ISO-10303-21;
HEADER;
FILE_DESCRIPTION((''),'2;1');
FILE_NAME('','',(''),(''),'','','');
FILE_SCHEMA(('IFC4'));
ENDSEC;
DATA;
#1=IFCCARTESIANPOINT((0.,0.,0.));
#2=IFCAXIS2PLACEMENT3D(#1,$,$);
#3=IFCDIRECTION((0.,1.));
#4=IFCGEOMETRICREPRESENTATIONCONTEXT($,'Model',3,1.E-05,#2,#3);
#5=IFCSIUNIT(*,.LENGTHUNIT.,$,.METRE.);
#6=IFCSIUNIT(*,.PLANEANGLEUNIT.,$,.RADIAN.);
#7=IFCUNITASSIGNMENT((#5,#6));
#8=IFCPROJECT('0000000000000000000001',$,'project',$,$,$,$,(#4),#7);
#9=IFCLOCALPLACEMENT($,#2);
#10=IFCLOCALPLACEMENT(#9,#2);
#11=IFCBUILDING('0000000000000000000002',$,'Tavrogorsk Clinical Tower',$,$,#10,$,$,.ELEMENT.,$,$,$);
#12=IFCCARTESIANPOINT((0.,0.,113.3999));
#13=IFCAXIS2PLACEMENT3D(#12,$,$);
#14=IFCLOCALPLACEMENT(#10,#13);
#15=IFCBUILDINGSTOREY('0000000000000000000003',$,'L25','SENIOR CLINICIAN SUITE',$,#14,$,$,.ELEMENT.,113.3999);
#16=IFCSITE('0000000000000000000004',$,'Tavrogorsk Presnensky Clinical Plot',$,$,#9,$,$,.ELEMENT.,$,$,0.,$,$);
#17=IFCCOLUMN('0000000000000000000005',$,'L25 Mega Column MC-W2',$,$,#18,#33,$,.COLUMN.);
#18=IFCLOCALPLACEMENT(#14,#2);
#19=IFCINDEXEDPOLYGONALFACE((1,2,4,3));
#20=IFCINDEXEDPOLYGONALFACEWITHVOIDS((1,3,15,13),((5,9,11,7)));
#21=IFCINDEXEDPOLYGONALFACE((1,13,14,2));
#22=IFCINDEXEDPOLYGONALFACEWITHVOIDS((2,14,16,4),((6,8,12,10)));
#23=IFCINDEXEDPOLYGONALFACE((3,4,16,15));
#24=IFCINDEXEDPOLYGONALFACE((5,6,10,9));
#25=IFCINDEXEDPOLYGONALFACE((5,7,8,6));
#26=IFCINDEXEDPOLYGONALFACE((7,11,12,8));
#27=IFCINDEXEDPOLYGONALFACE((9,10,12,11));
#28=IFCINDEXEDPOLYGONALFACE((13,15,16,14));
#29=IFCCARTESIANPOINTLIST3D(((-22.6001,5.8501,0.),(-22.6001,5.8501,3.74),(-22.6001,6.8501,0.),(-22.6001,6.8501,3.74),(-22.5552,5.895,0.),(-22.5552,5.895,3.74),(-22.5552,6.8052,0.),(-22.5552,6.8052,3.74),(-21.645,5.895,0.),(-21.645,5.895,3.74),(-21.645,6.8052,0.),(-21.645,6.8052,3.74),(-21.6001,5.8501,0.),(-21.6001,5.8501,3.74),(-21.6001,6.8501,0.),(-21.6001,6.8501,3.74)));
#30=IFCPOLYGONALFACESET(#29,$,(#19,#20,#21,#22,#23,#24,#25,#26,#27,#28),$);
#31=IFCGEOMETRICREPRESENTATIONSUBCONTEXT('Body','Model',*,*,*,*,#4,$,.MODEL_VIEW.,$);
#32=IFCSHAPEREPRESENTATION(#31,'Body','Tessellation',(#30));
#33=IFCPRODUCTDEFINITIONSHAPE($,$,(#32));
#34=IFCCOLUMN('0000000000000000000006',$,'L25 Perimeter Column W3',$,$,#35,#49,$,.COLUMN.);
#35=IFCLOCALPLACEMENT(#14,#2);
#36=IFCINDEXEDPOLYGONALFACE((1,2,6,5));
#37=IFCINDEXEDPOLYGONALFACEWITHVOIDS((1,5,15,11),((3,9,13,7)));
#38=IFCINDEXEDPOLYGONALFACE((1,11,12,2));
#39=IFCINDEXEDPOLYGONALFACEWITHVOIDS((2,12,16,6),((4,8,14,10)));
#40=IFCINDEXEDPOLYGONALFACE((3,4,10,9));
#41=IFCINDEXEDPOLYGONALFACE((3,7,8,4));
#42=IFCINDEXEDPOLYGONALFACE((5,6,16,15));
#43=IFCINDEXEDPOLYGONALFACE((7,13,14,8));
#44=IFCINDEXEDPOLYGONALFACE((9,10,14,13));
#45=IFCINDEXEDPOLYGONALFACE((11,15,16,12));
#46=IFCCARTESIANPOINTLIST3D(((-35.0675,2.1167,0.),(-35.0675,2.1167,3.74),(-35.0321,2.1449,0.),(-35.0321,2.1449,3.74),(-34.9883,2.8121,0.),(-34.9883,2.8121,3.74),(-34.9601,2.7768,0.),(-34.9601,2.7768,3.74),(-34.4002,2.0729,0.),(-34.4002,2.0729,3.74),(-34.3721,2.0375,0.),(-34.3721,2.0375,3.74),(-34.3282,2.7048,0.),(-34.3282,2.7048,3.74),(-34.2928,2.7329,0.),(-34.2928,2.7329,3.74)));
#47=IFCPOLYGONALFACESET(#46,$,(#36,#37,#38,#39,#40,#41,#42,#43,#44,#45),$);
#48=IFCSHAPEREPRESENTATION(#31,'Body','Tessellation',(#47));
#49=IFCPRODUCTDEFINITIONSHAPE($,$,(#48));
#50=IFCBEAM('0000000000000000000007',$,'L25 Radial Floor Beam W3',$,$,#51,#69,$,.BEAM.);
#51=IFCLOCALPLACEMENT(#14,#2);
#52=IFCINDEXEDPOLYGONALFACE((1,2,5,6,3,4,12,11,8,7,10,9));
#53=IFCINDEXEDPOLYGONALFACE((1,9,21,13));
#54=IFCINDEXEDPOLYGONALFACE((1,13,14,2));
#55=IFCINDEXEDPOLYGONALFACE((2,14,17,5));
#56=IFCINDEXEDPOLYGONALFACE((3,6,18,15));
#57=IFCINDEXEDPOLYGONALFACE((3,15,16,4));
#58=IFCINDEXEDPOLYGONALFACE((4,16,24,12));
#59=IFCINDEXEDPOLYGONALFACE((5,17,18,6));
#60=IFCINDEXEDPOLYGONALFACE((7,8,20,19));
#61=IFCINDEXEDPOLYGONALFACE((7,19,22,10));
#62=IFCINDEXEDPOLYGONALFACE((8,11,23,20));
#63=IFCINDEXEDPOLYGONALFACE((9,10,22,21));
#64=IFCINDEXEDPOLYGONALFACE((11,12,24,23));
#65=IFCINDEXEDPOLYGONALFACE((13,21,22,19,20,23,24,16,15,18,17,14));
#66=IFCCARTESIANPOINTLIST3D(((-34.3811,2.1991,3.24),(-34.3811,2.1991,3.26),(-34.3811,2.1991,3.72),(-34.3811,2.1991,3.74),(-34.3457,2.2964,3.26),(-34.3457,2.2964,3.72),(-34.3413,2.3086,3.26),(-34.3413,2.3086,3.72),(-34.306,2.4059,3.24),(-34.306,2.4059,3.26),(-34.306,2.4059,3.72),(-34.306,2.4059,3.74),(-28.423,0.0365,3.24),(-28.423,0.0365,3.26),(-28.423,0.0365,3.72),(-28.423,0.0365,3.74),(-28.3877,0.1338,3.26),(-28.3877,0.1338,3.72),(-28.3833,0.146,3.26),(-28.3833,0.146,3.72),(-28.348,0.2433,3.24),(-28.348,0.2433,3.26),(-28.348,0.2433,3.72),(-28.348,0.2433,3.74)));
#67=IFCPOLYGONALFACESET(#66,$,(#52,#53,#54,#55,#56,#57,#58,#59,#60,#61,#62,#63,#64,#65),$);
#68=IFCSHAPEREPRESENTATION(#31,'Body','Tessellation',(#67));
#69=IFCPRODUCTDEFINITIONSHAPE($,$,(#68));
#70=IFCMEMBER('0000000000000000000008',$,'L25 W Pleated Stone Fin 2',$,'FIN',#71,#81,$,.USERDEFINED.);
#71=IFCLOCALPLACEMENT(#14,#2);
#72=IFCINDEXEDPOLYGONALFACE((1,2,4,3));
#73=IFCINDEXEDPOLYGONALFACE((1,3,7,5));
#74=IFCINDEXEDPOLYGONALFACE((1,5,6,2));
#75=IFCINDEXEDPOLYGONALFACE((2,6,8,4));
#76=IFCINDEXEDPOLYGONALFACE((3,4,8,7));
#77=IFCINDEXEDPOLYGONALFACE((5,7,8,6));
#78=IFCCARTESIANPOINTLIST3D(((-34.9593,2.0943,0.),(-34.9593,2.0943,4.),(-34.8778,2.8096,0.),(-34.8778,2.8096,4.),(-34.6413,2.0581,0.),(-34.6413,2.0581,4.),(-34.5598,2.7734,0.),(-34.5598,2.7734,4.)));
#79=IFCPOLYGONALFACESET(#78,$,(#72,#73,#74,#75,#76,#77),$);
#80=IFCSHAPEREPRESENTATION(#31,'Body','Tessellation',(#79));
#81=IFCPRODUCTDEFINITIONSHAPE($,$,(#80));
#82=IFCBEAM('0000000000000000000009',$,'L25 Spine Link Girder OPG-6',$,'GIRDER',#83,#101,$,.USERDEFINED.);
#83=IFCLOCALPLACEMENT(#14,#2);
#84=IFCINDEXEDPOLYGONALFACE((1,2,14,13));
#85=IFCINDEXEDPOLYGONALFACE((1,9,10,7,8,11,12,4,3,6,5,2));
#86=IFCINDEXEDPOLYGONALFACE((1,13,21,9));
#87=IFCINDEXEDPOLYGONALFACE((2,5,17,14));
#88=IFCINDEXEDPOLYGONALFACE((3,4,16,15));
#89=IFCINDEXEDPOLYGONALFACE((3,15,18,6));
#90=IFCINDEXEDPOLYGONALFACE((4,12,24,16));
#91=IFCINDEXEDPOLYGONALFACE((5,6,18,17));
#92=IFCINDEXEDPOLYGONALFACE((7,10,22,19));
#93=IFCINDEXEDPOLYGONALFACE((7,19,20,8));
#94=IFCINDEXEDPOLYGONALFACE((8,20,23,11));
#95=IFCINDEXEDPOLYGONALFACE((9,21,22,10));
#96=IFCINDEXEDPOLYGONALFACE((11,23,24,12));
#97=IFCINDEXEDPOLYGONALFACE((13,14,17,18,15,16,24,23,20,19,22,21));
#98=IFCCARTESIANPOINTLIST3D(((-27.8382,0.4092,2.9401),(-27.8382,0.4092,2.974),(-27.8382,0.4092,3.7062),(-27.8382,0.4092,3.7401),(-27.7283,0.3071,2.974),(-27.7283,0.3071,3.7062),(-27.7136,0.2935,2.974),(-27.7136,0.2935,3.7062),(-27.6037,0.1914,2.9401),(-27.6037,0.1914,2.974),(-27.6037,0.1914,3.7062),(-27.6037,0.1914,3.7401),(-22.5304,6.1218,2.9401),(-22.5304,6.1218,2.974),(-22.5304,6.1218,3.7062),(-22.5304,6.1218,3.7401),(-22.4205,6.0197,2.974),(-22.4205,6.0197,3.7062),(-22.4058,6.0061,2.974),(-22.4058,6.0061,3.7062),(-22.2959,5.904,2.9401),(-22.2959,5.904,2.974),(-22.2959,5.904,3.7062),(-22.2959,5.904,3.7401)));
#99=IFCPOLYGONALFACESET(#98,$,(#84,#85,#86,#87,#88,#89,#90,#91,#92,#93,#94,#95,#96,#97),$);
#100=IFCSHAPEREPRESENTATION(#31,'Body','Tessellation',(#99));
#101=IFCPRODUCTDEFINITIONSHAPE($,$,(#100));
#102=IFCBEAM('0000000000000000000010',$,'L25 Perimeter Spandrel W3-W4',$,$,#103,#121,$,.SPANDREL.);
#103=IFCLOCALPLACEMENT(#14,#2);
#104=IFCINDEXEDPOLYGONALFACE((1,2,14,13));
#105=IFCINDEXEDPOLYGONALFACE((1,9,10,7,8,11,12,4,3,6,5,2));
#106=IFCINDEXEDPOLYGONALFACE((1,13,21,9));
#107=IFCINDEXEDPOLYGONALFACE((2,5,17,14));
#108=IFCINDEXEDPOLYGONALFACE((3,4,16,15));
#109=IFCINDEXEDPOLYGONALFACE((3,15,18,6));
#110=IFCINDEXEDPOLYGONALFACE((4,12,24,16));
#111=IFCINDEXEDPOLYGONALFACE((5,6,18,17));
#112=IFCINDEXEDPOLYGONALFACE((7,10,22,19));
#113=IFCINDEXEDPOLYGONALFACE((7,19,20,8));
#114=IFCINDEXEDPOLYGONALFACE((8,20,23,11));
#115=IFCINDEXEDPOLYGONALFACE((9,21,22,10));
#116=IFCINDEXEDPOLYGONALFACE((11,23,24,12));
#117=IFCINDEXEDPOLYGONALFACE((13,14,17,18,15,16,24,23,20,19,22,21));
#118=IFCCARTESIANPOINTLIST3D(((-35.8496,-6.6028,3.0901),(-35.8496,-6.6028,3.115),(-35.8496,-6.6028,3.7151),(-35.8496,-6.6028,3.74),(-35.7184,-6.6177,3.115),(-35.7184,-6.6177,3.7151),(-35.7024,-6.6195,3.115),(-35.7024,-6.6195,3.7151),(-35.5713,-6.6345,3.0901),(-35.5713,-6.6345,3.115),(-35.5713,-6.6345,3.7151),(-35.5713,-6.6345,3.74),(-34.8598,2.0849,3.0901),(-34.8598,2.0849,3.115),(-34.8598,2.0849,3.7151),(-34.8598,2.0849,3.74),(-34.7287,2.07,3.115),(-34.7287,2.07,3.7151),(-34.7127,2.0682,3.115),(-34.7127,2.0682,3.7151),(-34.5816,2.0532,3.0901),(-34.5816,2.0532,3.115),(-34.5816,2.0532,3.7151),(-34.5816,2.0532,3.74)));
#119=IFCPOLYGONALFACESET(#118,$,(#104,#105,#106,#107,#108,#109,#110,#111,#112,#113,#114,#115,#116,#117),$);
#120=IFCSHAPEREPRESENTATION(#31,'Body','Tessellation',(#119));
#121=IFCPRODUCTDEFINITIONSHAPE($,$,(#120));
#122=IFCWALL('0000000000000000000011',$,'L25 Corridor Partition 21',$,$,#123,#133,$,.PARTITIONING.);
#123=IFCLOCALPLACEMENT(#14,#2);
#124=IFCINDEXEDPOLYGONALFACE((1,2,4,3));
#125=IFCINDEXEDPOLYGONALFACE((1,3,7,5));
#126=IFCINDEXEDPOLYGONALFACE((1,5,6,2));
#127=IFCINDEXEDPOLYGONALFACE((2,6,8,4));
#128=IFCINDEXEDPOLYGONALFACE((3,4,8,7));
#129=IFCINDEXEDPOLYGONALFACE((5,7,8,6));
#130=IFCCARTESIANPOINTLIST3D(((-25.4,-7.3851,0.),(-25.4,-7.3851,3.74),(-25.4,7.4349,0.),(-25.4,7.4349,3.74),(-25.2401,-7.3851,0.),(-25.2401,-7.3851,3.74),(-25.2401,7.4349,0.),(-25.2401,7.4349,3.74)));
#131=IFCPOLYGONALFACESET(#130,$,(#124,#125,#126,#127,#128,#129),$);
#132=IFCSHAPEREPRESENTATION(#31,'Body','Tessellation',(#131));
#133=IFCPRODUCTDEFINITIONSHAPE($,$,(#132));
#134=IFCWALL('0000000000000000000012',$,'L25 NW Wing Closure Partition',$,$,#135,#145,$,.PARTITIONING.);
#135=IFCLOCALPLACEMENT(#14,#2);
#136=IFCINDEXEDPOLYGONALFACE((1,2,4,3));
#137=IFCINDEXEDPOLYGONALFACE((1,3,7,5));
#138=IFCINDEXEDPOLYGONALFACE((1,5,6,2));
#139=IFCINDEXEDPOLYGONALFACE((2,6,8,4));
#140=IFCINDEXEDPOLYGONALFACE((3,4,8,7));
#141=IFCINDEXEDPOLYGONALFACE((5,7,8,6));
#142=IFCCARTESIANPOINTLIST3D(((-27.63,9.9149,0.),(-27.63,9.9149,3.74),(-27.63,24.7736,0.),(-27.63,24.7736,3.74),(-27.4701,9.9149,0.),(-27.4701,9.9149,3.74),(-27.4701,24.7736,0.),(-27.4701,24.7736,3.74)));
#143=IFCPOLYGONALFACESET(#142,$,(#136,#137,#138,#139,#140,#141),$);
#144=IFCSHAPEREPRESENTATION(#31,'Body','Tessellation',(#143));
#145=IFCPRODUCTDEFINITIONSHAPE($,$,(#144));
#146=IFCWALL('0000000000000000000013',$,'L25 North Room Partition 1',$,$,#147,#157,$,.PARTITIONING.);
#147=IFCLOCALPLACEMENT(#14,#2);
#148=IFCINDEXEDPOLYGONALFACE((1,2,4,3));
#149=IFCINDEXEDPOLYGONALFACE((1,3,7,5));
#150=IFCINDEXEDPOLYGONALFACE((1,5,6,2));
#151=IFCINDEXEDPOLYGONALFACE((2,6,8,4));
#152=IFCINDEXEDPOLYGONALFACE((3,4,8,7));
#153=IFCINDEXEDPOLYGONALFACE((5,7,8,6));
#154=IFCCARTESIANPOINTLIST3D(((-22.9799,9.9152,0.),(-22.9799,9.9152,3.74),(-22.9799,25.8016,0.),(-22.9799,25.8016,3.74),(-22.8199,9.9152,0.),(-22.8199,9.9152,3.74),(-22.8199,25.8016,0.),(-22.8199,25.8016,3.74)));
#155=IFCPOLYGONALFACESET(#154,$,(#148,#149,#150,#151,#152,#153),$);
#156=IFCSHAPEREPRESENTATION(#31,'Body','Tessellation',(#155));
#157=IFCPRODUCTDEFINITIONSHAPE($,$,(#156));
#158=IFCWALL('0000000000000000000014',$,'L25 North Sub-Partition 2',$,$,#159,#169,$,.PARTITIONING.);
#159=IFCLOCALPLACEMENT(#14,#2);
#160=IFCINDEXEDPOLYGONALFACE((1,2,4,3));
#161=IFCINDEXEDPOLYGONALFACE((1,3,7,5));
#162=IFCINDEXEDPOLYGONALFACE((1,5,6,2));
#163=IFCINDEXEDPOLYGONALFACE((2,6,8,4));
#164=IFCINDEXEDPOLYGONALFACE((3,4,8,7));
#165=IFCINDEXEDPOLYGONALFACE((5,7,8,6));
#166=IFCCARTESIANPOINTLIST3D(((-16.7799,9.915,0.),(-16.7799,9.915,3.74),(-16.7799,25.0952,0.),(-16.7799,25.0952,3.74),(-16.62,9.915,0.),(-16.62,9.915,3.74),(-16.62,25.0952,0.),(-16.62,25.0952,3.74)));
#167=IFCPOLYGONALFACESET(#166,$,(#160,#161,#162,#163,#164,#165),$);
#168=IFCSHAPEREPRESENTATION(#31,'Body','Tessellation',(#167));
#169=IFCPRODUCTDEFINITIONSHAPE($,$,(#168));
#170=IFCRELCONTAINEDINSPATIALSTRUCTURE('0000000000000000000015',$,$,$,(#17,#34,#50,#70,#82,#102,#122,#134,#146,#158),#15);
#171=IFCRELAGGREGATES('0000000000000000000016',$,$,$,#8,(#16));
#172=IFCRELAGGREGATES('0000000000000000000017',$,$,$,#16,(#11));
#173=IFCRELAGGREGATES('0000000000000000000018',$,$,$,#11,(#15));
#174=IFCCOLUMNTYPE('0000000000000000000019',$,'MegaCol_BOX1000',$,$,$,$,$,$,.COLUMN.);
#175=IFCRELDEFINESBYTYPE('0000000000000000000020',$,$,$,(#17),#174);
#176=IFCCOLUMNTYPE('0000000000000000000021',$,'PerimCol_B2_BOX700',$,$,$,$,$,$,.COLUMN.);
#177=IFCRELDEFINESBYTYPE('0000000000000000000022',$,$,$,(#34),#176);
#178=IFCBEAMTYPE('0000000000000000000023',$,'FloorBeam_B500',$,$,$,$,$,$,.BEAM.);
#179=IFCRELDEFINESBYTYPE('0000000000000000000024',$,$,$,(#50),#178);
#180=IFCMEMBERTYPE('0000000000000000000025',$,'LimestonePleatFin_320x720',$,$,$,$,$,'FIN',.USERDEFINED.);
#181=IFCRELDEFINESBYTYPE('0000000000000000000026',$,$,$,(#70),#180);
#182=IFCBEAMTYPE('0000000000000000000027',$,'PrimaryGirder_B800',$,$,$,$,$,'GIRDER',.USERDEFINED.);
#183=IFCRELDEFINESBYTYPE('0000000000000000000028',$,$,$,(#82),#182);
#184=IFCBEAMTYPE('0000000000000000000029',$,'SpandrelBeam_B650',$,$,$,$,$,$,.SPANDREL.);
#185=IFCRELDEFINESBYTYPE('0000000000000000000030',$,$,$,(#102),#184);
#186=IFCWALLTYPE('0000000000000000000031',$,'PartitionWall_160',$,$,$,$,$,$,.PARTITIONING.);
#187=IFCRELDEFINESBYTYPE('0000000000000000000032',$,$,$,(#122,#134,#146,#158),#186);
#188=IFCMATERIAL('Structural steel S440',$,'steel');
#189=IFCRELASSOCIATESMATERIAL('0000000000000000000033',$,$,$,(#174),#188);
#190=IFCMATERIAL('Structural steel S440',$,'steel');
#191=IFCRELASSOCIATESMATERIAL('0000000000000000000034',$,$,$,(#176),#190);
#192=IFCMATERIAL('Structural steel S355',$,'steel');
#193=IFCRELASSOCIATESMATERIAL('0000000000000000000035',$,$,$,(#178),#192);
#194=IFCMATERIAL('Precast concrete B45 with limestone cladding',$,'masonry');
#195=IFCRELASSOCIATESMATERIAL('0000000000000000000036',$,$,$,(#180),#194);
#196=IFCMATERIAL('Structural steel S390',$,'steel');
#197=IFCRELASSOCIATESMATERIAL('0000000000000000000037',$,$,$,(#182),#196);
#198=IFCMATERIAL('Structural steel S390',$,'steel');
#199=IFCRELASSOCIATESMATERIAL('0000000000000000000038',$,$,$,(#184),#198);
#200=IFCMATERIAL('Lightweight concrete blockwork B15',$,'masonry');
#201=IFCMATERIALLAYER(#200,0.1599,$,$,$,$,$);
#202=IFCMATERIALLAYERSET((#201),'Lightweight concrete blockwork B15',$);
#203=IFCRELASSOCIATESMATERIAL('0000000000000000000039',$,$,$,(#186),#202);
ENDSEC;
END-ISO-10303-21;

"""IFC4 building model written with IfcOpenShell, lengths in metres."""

from ifc_helpers import new_model, si_unit, direction, frame, frame_2d, origin, origin_2d, place, context, subcontext, project, spatial, rectangle, hollow_rectangle, i_section, extrude, material, layer, layer_set, material_profile, profile_set, type_object, element, save


model = new_model("IFC4")

# Units and contexts
model_context = context("Model", 3, precision=1e-05, world=origin(), true_north=direction((0.0, 1.0)))
body_context = subcontext(model_context, "Body", "Model", "MODEL_VIEW")
ifc_project = project(units=[si_unit("LENGTHUNIT", "METRE"), si_unit("PLANEANGLEUNIT", "RADIAN")], contexts=[model_context])

# Site, building, storey
site_placement = place(None, origin())
site = spatial("IfcSite", under=ifc_project, at=site_placement, Name="Tavrogorsk Presnensky Clinical Plot", CompositionType="ELEMENT", RefElevation=0.0)
building_placement = place(site_placement, origin())
building = spatial("IfcBuilding", under=site, at=building_placement, Name="Tavrogorsk Clinical Tower", CompositionType="ELEMENT")
storey_placement = place(building_placement, frame((0.0, 0.0, 113.3999)))
storey = spatial("IfcBuildingStorey", under=building, at=storey_placement, Name="L25", Description="SENIOR CLINICIAN SUITE", CompositionType="ELEMENT", Elevation=113.3999)

# Columns
ifc_material_1 = material(Name="Structural steel S440", Category="steel")
ifc_material_profile_1 = material_profile(ifc_material_1, hollow_rectangle(XDim=1.0, YDim=1.0, WallThickness=0.0449, at=origin_2d()), Name="BOX-1000x1000x45")
ifc_profile_set_1 = profile_set([ifc_material_profile_1], Name="Structural steel S440")
column_type_1 = type_object("IfcColumnType", Name="MegaCol_BOX1000", PredefinedType="COLUMN", material=ifc_profile_set_1)
column_1_placement = place(storey_placement, frame((-22.1001, 6.3501, 0.0), z_axis=(0.0, 0.0, 1.0), x_axis=(1.0, 0.0, 0.0)))
element("IfcColumn", 1, at=column_1_placement, inside=storey, type_object=column_type_1, Name="L25 Mega Column MC-W2", PredefinedType="COLUMN", context=body_context, shape_type="SweptSolid", body=[
    extrude(hollow_rectangle(XDim=1.0, YDim=1.0, WallThickness=0.0449, at=origin_2d()), origin(), (0.0, 0.0, 1.0), 3.74),
])
ifc_material_2 = material(Name="Structural steel S440", Category="steel")
ifc_material_profile_2 = material_profile(ifc_material_2, hollow_rectangle(XDim=0.7, YDim=0.7, WallThickness=0.032, at=origin_2d()), Name="BOX-700x700x32")
ifc_profile_set_2 = profile_set([ifc_material_profile_2], Name="Structural steel S440")
column_type_2 = type_object("IfcColumnType", Name="PerimCol_B2_BOX700", PredefinedType="COLUMN", material=ifc_profile_set_2)
column_2_placement = place(storey_placement, frame((-34.6802, 2.4248, 0.0), z_axis=(0.0, 0.0, 1.0), x_axis=(0.993572, -0.113203, 0.0)))
element("IfcColumn", 2, at=column_2_placement, inside=storey, type_object=column_type_2, Name="L25 Perimeter Column W3", PredefinedType="COLUMN", context=body_context, shape_type="SweptSolid", body=[
    extrude(hollow_rectangle(XDim=0.7, YDim=0.7, WallThickness=0.032, at=origin_2d()), origin(), (0.0, 0.0, 1.0), 3.74),
])

# Beam
ifc_material_3 = material(Name="Structural steel S355", Category="steel")
ifc_material_profile_3 = material_profile(ifc_material_3, i_section(OverallWidth=0.22, OverallDepth=0.5, WebThickness=0.0129, FlangeThickness=0.02, at=origin_2d()), Name="B-500x220x13x20")
ifc_profile_set_3 = profile_set([ifc_material_profile_3], Name="Structural steel S355")
beam_type_1 = type_object("IfcBeamType", Name="FloorBeam_B500", PredefinedType="BEAM", material=ifc_profile_set_3)
beam_1_placement = place(storey_placement, frame((-28.3855, 0.1399, 3.49), z_axis=(-0.939993, 0.341193, 0.0), x_axis=(-0.341193, -0.939993, 0.0)))
element("IfcBeam", 3, at=beam_1_placement, inside=storey, type_object=beam_type_1, Name="L25 Radial Floor Beam W3", PredefinedType="BEAM", context=body_context, shape_type="SweptSolid", body=[
    extrude(i_section(OverallWidth=0.22, OverallDepth=0.5, WebThickness=0.0129, FlangeThickness=0.02, at=origin_2d()), origin(), (0.0, 0.0, 1.0), 6.3384),
])

# Member
ifc_material_4 = material(Name="Precast concrete B45 with limestone cladding", Category="masonry")
ifc_material_profile_4 = material_profile(ifc_material_4, rectangle(XDim=0.3201, YDim=0.72, at=origin_2d()), Name="LIMESTONE-FIN-320x720")
ifc_profile_set_4 = profile_set([ifc_material_profile_4], Name="Precast concrete B45 with limestone cladding")
member_type = type_object("IfcMemberType", Name="LimestonePleatFin_320x720", ElementType="FIN", PredefinedType="USERDEFINED", material=ifc_profile_set_4)
member_placement = place(storey_placement, frame((-34.7595, 2.4338, 0.0), z_axis=(0.0, 0.0, 1.0), x_axis=(0.993572, -0.113203, 0.0)))
element("IfcMember", 4, at=member_placement, inside=storey, type_object=member_type, Name="L25 W Pleated Stone Fin 2", ObjectType="FIN", PredefinedType="USERDEFINED", context=body_context, shape_type="SweptSolid", body=[
    extrude(rectangle(XDim=0.3201, YDim=0.72, at=origin_2d()), origin(), (0.0, 0.0, 1.0), 4.0),
])

# Beams
ifc_material_5 = material(Name="Structural steel S390", Category="steel")
ifc_material_profile_5 = material_profile(ifc_material_5, i_section(OverallWidth=0.3201, OverallDepth=0.8, WebThickness=0.02, FlangeThickness=0.0339, at=origin_2d()), Name="B-800x320x20x34")
ifc_profile_set_5 = profile_set([ifc_material_profile_5], Name="Structural steel S390")
beam_type_2 = type_object("IfcBeamType", Name="PrimaryGirder_B800", ElementType="GIRDER", PredefinedType="USERDEFINED", material=ifc_profile_set_5)
beam_2_placement = place(storey_placement, frame((-27.7209, 0.3003, 3.3401), z_axis=(0.680676, 0.732585, 0.0), x_axis=(-0.732585, 0.680676, 0.0)))
element("IfcBeam", 5, at=beam_2_placement, inside=storey, type_object=beam_type_2, Name="L25 Spine Link Girder OPG-6", ObjectType="GIRDER", PredefinedType="USERDEFINED", context=body_context, shape_type="SweptSolid", body=[
    extrude(i_section(OverallWidth=0.3201, OverallDepth=0.8, WebThickness=0.02, FlangeThickness=0.0339, at=origin_2d()), origin(), (0.0, 0.0, 1.0), 7.7979),
])
ifc_material_6 = material(Name="Structural steel S390", Category="steel")
ifc_material_profile_6 = material_profile(ifc_material_6, i_section(OverallWidth=0.28, OverallDepth=0.6499, WebThickness=0.0161, FlangeThickness=0.0249, at=origin_2d()), Name="B-650x280x16x25")
ifc_profile_set_6 = profile_set([ifc_material_profile_6], Name="Structural steel S390")
beam_type_3 = type_object("IfcBeamType", Name="SpandrelBeam_B650", PredefinedType="SPANDREL", material=ifc_profile_set_6)
beam_3_placement = place(storey_placement, frame((-34.7207, 2.0691, 3.415), z_axis=(-0.113192, -0.993573, 0.0), x_axis=(0.993573, -0.113192, 0.0)))
element("IfcBeam", 6, at=beam_3_placement, inside=storey, type_object=beam_type_3, Name="L25 Perimeter Spandrel W3-W4", PredefinedType="SPANDREL", context=body_context, shape_type="SweptSolid", body=[
    extrude(i_section(OverallWidth=0.28, OverallDepth=0.6499, WebThickness=0.0161, FlangeThickness=0.0249, at=origin_2d()), origin(), (0.0, 0.0, 1.0), 8.7439),
])

# Shared definitions
ifc_material_7 = material(Name="Lightweight concrete blockwork B15", Category="masonry")
ifc_layer_1 = layer(ifc_material_7, 0.1599)
ifc_layer_set_1 = layer_set([ifc_layer_1], Name="Lightweight concrete blockwork B15")
wall_type_1 = type_object("IfcWallType", Name="PartitionWall_160", PredefinedType="PARTITIONING", material=ifc_layer_set_1)

# Walls
wall_1_placement = place(storey_placement, frame((-25.3201, 7.4351, 0.0), z_axis=(0.0, 0.0, 1.0), x_axis=(0.0, -1.0, 0.0)))
element("IfcWall", 7, at=wall_1_placement, inside=storey, type_object=wall_type_1, Name="L25 Corridor Partition 21", PredefinedType="PARTITIONING", context=body_context, shape_type="SweptSolid", body=[
    extrude(rectangle(XDim=14.8201, YDim=0.1599, at=frame_2d((7.4102, 0.0))), origin(), (0.0, 0.0, 1.0), 3.74),
])
wall_2_placement = place(storey_placement, frame((-27.55, 9.915, 0.0), z_axis=(0.0, 0.0, 1.0), x_axis=(0.0, 1.0, 0.0)))
element("IfcWall", 8, at=wall_2_placement, inside=storey, type_object=wall_type_1, Name="L25 NW Wing Closure Partition", PredefinedType="PARTITIONING", context=body_context, shape_type="SweptSolid", body=[
    extrude(rectangle(XDim=14.8586, YDim=0.1599, at=frame_2d((7.4292, 0.0))), origin(), (0.0, 0.0, 1.0), 3.74),
])
wall_3_placement = place(storey_placement, frame((-22.8999, 9.915, 0.0), z_axis=(0.0, 0.0, 1.0), x_axis=(0.0, 1.0, 0.0)))
element("IfcWall", 9, at=wall_3_placement, inside=storey, type_object=wall_type_1, Name="L25 North Room Partition 1", PredefinedType="PARTITIONING", context=body_context, shape_type="SweptSolid", body=[
    extrude(rectangle(XDim=15.8865, YDim=0.1599, at=frame_2d((7.9434, 0.0))), origin(), (0.0, 0.0, 1.0), 3.74),
])
wall_4_placement = place(storey_placement, frame((-16.7, 9.915, 0.0), z_axis=(0.0, 0.0, 1.0), x_axis=(0.0, 1.0, 0.0)))
element("IfcWall", 10, at=wall_4_placement, inside=storey, type_object=wall_type_1, Name="L25 North Sub-Partition 2", PredefinedType="PARTITIONING", context=body_context, shape_type="SweptSolid", body=[
    extrude(rectangle(XDim=15.1802, YDim=0.1599, at=frame_2d((7.5901, 0.0))), origin(), (0.0, 0.0, 1.0), 3.74),
])

save(model, "model.ifc")
